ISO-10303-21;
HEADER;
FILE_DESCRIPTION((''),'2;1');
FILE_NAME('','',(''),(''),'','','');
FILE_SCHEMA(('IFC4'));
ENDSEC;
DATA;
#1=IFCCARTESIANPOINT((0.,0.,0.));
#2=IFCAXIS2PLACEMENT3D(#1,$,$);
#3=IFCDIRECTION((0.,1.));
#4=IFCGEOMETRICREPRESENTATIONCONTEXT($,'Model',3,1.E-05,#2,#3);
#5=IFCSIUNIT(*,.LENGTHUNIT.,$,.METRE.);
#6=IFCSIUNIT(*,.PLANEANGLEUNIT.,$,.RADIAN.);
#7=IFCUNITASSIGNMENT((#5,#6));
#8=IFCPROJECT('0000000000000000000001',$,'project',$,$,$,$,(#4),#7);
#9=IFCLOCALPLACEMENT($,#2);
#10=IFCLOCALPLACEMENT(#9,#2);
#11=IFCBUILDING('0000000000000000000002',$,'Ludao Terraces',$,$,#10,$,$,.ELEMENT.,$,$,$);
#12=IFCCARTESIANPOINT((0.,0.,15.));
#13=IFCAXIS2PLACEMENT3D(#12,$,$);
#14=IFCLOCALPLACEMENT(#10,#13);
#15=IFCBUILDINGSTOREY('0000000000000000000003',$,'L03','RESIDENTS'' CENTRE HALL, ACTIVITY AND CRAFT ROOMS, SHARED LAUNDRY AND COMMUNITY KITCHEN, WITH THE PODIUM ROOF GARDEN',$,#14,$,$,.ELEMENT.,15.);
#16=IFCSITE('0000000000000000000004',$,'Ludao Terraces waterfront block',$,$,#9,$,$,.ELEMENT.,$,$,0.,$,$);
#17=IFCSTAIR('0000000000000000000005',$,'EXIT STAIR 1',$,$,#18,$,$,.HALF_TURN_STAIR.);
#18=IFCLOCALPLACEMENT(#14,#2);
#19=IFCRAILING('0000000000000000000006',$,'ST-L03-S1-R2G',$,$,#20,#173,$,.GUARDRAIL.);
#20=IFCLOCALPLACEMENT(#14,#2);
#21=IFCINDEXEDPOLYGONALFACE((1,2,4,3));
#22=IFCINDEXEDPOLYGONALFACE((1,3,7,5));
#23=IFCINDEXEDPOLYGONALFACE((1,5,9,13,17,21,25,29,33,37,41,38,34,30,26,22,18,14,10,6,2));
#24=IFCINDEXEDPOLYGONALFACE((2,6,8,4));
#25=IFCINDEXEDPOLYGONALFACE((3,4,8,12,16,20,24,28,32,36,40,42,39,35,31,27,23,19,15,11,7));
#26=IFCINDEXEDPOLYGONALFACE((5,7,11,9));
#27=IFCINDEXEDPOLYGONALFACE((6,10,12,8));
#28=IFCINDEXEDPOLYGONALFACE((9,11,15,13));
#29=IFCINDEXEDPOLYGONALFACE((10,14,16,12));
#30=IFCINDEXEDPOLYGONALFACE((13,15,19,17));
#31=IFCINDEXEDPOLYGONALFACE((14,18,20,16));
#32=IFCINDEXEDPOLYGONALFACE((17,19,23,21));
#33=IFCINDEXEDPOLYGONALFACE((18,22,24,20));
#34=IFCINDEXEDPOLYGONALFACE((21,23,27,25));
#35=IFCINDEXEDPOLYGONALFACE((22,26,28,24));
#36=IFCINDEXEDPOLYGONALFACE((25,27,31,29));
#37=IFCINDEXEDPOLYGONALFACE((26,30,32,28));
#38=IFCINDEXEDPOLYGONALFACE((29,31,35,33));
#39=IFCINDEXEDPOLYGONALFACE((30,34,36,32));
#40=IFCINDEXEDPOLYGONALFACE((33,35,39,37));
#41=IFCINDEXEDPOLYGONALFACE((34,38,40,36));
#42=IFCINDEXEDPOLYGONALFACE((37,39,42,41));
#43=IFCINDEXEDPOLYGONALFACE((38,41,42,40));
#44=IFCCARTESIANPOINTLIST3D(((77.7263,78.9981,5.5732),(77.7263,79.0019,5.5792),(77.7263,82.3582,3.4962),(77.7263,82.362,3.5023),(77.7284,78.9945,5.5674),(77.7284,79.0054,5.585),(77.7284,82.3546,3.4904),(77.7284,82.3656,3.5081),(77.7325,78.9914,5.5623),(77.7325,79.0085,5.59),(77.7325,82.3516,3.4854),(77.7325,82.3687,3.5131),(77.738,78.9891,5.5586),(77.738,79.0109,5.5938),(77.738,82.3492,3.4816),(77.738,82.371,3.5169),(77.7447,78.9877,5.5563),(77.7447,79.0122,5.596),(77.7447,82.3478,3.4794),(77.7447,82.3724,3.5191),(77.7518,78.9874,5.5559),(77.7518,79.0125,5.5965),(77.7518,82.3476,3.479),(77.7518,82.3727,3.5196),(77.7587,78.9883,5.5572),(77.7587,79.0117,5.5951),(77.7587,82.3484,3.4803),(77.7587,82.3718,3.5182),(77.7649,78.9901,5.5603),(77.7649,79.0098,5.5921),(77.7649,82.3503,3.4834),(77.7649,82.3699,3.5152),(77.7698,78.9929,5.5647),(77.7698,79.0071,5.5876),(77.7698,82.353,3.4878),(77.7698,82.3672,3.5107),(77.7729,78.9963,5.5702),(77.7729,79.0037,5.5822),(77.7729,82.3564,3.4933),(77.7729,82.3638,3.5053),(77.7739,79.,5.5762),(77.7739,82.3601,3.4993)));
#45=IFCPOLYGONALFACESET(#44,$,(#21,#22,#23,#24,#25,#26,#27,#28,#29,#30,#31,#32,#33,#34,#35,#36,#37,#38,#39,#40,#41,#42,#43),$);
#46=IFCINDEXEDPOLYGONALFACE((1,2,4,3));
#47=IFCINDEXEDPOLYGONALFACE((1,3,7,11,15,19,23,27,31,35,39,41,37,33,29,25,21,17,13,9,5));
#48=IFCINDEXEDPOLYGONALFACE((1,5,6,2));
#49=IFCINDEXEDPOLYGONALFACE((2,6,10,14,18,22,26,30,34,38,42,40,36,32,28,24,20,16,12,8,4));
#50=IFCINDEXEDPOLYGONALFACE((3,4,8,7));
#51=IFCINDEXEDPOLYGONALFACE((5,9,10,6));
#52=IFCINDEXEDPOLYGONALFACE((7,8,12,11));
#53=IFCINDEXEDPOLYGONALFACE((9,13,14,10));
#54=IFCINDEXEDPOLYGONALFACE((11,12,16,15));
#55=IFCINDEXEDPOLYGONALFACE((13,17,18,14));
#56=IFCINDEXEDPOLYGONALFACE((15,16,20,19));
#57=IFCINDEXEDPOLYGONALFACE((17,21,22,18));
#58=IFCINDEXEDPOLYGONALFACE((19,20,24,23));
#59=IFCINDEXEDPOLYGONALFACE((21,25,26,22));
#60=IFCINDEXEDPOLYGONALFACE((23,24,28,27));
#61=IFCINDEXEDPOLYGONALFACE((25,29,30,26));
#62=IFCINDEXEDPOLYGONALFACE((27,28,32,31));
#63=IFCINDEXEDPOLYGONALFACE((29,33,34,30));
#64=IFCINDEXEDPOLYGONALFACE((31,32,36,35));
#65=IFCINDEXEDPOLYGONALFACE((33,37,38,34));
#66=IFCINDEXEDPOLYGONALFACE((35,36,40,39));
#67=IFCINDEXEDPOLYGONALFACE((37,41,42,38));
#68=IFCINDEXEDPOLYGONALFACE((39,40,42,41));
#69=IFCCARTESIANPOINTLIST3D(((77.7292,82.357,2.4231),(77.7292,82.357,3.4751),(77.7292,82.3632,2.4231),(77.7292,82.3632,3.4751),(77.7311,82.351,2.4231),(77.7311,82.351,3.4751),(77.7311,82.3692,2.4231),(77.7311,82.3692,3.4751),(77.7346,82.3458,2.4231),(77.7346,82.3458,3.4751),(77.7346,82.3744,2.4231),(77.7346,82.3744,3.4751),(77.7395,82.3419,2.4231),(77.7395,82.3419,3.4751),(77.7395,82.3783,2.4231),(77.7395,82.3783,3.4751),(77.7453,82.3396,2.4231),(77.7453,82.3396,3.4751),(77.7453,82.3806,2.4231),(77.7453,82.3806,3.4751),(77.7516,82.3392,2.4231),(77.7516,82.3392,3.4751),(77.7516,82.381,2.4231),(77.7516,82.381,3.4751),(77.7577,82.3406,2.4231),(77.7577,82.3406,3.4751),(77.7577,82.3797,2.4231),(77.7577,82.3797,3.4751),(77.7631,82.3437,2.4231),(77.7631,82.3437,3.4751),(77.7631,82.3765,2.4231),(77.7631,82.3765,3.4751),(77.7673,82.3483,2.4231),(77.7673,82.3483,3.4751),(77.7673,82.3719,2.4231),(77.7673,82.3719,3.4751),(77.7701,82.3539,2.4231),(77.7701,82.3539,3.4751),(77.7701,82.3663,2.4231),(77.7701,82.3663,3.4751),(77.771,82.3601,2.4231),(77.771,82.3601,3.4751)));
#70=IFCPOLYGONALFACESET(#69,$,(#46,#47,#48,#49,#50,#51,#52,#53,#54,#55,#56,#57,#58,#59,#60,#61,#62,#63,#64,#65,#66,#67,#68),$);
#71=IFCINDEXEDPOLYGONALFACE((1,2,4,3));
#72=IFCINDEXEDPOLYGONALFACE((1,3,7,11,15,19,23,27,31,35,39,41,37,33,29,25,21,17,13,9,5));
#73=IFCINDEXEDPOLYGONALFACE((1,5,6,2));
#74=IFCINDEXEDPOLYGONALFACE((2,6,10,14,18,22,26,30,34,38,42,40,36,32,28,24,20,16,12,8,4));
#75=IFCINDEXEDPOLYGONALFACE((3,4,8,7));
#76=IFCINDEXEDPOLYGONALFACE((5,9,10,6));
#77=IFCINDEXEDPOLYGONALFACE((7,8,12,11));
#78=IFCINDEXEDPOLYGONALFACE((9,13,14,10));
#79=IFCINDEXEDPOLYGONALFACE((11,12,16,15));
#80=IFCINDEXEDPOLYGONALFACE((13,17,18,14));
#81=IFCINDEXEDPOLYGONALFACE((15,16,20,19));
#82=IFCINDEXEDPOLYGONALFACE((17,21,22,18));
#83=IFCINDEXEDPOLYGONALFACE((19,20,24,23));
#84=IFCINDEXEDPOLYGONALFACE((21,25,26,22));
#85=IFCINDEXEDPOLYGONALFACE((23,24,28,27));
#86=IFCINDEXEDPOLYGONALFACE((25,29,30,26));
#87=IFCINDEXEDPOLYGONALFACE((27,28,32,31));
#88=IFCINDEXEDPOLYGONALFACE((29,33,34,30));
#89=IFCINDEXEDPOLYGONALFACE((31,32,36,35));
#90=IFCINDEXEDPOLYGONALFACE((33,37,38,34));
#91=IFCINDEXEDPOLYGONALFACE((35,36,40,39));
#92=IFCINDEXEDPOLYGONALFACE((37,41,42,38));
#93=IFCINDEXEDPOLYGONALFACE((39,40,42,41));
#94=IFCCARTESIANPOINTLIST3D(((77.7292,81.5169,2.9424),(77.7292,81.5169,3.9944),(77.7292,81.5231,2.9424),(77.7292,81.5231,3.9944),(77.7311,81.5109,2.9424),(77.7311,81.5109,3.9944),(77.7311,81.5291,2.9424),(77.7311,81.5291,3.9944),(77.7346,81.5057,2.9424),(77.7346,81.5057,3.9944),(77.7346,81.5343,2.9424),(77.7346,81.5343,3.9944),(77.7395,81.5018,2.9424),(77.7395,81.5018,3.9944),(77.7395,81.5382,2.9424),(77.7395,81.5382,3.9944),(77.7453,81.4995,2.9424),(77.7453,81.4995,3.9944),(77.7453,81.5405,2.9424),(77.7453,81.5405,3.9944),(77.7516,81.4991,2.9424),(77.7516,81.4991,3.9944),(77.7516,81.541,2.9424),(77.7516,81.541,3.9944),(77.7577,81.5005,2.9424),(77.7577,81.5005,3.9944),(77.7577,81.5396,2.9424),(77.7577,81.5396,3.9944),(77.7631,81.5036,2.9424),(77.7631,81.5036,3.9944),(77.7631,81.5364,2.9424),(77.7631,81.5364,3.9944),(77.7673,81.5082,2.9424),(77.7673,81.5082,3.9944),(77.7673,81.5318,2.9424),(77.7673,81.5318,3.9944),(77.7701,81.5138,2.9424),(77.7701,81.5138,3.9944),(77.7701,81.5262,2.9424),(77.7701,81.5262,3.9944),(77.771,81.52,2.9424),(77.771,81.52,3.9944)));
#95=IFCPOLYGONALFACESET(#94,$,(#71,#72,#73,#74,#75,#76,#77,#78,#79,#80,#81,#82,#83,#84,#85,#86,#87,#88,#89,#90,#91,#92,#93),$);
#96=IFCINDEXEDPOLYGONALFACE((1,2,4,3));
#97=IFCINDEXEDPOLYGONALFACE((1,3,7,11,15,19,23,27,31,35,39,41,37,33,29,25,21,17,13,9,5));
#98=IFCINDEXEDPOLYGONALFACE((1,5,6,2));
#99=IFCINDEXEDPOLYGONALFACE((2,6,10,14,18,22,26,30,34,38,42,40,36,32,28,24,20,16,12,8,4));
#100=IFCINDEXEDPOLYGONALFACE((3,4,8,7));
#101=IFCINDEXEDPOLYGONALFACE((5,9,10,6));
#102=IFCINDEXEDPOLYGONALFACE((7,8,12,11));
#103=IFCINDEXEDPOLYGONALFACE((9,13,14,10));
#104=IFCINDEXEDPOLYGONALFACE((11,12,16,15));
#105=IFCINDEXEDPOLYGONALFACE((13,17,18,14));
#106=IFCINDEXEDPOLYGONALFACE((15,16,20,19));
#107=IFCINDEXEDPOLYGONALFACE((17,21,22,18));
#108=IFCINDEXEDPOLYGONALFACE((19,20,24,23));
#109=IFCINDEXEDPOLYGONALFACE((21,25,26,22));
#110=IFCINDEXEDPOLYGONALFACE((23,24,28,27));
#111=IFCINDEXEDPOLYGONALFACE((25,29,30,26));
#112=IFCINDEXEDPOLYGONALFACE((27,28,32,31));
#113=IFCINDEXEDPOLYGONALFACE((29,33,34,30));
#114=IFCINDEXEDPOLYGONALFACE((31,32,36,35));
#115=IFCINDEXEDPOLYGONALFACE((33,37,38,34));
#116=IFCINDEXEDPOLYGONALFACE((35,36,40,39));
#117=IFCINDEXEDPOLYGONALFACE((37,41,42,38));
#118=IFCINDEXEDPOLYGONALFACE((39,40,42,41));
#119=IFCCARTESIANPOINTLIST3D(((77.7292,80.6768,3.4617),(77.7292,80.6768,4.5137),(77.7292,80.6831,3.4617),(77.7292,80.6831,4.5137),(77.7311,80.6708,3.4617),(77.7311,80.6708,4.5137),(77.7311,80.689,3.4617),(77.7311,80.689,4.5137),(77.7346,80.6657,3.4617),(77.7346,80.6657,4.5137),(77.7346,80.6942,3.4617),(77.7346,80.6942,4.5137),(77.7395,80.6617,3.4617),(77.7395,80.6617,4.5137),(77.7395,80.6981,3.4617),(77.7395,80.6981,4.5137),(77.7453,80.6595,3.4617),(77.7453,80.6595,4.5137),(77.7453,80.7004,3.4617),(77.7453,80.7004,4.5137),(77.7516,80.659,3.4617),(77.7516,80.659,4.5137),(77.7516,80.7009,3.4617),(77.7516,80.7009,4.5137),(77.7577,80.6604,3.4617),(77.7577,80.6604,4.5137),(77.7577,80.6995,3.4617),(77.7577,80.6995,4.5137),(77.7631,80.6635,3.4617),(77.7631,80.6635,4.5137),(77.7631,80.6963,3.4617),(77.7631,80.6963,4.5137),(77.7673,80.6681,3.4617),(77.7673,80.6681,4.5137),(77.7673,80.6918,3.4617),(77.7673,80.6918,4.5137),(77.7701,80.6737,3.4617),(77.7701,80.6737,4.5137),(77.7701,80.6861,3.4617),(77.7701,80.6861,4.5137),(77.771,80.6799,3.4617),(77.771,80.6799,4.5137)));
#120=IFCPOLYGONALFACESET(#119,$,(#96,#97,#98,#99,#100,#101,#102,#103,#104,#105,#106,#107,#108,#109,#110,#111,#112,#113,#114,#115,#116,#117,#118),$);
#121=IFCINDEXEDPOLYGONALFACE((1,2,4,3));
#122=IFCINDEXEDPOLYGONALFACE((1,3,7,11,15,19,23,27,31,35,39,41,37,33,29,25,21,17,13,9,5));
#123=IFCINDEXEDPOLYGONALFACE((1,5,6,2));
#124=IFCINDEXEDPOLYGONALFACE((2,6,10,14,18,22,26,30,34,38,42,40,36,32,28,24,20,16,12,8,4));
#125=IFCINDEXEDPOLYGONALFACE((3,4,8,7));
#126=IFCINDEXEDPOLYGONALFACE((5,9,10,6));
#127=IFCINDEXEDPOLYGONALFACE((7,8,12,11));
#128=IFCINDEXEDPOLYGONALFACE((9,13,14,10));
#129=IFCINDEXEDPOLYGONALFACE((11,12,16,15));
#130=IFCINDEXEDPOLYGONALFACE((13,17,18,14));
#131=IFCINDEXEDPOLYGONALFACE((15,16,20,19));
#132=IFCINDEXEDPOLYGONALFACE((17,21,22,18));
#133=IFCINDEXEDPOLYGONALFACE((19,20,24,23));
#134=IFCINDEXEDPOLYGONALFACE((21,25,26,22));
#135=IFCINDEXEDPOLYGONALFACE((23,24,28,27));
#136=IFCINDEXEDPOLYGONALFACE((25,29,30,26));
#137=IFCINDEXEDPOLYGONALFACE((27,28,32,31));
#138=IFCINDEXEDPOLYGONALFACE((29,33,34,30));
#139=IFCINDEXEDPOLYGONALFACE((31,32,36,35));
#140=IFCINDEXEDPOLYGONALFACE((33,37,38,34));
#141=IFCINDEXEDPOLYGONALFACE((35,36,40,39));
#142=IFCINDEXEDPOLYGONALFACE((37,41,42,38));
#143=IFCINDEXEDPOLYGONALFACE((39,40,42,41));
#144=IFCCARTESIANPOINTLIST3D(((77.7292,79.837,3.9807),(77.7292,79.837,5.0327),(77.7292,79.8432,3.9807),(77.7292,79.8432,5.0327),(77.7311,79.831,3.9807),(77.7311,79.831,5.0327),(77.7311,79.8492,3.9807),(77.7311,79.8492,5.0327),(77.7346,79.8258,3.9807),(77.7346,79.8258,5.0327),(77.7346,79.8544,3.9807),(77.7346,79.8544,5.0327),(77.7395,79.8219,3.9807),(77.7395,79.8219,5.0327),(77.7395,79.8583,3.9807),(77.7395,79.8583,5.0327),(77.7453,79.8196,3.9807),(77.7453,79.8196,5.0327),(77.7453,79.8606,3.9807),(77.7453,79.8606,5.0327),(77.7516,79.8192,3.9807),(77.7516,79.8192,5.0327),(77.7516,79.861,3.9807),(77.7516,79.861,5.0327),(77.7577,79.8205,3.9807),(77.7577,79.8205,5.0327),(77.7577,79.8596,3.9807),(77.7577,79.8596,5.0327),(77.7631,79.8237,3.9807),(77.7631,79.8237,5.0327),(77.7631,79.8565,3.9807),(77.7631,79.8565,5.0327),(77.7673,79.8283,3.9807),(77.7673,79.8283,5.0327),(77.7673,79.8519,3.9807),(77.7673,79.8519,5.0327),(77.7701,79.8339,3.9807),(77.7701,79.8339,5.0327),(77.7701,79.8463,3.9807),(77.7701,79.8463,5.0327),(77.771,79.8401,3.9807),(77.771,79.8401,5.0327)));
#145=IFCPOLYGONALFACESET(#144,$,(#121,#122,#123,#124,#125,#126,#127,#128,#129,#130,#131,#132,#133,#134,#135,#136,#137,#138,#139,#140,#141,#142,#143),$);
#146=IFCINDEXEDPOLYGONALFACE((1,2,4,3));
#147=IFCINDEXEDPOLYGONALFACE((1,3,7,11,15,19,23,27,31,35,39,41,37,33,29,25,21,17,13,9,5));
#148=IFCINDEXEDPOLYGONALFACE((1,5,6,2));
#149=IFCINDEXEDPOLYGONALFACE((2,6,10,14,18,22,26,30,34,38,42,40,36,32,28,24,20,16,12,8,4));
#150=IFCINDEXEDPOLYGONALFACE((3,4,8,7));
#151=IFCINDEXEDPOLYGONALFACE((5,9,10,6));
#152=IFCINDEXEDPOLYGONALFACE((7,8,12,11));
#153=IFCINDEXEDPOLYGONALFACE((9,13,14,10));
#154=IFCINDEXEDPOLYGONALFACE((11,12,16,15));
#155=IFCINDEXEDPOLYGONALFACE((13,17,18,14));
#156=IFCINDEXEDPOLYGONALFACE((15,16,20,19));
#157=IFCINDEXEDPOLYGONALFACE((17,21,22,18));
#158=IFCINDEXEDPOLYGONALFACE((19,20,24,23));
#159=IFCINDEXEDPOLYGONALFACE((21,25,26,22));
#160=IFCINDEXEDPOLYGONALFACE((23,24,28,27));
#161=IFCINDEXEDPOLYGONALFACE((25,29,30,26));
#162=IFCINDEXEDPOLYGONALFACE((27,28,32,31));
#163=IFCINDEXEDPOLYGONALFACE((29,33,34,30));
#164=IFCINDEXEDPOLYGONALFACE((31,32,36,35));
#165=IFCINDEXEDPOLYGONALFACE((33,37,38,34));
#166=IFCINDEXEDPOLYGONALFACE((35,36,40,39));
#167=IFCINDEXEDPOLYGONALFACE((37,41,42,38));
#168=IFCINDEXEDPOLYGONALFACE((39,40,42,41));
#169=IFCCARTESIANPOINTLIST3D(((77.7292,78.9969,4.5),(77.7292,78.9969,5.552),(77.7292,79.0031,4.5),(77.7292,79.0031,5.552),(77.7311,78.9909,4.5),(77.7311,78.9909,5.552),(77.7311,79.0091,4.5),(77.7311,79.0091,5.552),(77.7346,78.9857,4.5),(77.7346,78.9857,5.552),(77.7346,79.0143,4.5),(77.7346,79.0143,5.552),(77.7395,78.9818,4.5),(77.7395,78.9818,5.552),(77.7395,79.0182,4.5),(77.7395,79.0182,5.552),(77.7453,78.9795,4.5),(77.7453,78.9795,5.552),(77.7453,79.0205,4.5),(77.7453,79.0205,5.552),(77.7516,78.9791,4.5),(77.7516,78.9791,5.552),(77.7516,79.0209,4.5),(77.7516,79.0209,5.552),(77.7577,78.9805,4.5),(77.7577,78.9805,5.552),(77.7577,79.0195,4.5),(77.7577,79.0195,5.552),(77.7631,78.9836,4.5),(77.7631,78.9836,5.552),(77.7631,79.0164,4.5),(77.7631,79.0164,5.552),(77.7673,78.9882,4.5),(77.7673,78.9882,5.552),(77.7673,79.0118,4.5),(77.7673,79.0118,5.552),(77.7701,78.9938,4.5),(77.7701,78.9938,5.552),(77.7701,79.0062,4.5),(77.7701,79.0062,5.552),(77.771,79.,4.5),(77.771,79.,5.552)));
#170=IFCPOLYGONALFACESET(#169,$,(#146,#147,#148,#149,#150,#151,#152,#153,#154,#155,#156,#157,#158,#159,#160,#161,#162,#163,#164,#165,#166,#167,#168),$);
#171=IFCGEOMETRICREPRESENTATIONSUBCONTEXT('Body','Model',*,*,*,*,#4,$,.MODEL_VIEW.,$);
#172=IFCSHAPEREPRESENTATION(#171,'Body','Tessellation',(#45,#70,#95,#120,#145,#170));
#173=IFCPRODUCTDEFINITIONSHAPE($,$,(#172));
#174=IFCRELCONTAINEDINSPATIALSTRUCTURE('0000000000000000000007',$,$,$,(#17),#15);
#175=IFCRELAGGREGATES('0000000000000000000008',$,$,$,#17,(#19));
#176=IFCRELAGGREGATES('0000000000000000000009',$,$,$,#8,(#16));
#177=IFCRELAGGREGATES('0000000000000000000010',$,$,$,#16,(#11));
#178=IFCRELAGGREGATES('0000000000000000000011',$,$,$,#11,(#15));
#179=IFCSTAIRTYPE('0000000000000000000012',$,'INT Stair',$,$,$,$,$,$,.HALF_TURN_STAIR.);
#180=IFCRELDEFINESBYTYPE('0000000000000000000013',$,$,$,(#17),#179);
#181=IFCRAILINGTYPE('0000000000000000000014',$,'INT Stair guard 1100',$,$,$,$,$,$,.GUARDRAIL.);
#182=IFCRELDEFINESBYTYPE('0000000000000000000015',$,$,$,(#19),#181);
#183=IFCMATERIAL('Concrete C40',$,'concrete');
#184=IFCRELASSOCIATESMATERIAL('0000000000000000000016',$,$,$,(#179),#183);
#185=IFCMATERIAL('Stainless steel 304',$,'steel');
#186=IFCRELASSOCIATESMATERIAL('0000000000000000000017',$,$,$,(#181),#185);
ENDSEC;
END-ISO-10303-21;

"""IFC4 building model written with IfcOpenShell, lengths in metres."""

from ifc_helpers import new_model, si_unit, direction, frame, origin, origin_2d, place, context, subcontext, project, spatial, circle, extrude, material, type_object, element, aggregate, save


model = new_model("IFC4")

# Units and contexts
model_context = context("Model", 3, precision=1e-05, world=origin(), true_north=direction((0.0, 1.0)))
body_context = subcontext(model_context, "Body", "Model", "MODEL_VIEW")
ifc_project = project(units=[si_unit("LENGTHUNIT", "METRE"), si_unit("PLANEANGLEUNIT", "RADIAN")], contexts=[model_context])

# Site, building, storey
site_placement = place(None, origin())
site = spatial("IfcSite", under=ifc_project, at=site_placement, Name="Ludao Terraces waterfront block", CompositionType="ELEMENT", RefElevation=0.0)
building_placement = place(site_placement, origin())
building = spatial("IfcBuilding", under=site, at=building_placement, Name="Ludao Terraces", CompositionType="ELEMENT")
storey_placement = place(building_placement, frame((0.0, 0.0, 15.0)))
storey = spatial("IfcBuildingStorey", under=building, at=storey_placement, Name="L03", Description="RESIDENTS' CENTRE HALL, ACTIVITY AND CRAFT ROOMS, SHARED LAUNDRY AND COMMUNITY KITCHEN, WITH THE PODIUM ROOF GARDEN", CompositionType="ELEMENT", Elevation=15.0)

# Shared definitions
ifc_material_1 = material(Name="Stainless steel 304", Category="steel")

# Stair, railing
ifc_material_2 = material(Name="Concrete C40", Category="concrete")
stair_type = type_object("IfcStairType", Name="INT Stair", PredefinedType="HALF_TURN_STAIR", material=ifc_material_2)
stair_placement = place(storey_placement, origin())
stair = element("IfcStair", 1, at=stair_placement, inside=storey, type_object=stair_type, Name="EXIT STAIR 1", PredefinedType="HALF_TURN_STAIR")
railing_type_1 = type_object("IfcRailingType", Name="INT Stair guard 1100", PredefinedType="GUARDRAIL", material=ifc_material_1)
railing_1_placement = place(storey_placement, frame((77.75, 82.3601, 2.4231)))
railing_1 = element("IfcRailing", 2, at=railing_1_placement, type_object=railing_type_1, Name="ST-L03-S1-R2G", PredefinedType="GUARDRAIL", context=body_context, shape_type="SweptSolid", body=[
    extrude(circle(Radius=0.0239, at=origin_2d()), frame((0.0, 0.0, 1.0762), z_axis=(0.0, -0.850623, 0.525776), x_axis=(1.0, 0.0, 0.0)), (0.0, 0.0, 1.0), 3.9502),
    extrude(circle(Radius=0.021, at=origin_2d()), origin(), (0.0, 0.0, 1.0), 1.052),
    extrude(circle(Radius=0.021, at=origin_2d()), frame((0.0, -0.8401, 0.5193)), (0.0, 0.0, 1.0), 1.052),
    extrude(circle(Radius=0.021, at=origin_2d()), frame((0.0, -1.6802, 1.0386)), (0.0, 0.0, 1.0), 1.052),
    extrude(circle(Radius=0.021, at=origin_2d()), frame((0.0, -2.52, 1.5576)), (0.0, 0.0, 1.0), 1.052),
    extrude(circle(Radius=0.021, at=origin_2d()), frame((0.0, -3.3601, 2.0769)), (0.0, 0.0, 1.0), 1.052),
])
aggregate(stair, [railing_1])

save(model, "model.ifc")
